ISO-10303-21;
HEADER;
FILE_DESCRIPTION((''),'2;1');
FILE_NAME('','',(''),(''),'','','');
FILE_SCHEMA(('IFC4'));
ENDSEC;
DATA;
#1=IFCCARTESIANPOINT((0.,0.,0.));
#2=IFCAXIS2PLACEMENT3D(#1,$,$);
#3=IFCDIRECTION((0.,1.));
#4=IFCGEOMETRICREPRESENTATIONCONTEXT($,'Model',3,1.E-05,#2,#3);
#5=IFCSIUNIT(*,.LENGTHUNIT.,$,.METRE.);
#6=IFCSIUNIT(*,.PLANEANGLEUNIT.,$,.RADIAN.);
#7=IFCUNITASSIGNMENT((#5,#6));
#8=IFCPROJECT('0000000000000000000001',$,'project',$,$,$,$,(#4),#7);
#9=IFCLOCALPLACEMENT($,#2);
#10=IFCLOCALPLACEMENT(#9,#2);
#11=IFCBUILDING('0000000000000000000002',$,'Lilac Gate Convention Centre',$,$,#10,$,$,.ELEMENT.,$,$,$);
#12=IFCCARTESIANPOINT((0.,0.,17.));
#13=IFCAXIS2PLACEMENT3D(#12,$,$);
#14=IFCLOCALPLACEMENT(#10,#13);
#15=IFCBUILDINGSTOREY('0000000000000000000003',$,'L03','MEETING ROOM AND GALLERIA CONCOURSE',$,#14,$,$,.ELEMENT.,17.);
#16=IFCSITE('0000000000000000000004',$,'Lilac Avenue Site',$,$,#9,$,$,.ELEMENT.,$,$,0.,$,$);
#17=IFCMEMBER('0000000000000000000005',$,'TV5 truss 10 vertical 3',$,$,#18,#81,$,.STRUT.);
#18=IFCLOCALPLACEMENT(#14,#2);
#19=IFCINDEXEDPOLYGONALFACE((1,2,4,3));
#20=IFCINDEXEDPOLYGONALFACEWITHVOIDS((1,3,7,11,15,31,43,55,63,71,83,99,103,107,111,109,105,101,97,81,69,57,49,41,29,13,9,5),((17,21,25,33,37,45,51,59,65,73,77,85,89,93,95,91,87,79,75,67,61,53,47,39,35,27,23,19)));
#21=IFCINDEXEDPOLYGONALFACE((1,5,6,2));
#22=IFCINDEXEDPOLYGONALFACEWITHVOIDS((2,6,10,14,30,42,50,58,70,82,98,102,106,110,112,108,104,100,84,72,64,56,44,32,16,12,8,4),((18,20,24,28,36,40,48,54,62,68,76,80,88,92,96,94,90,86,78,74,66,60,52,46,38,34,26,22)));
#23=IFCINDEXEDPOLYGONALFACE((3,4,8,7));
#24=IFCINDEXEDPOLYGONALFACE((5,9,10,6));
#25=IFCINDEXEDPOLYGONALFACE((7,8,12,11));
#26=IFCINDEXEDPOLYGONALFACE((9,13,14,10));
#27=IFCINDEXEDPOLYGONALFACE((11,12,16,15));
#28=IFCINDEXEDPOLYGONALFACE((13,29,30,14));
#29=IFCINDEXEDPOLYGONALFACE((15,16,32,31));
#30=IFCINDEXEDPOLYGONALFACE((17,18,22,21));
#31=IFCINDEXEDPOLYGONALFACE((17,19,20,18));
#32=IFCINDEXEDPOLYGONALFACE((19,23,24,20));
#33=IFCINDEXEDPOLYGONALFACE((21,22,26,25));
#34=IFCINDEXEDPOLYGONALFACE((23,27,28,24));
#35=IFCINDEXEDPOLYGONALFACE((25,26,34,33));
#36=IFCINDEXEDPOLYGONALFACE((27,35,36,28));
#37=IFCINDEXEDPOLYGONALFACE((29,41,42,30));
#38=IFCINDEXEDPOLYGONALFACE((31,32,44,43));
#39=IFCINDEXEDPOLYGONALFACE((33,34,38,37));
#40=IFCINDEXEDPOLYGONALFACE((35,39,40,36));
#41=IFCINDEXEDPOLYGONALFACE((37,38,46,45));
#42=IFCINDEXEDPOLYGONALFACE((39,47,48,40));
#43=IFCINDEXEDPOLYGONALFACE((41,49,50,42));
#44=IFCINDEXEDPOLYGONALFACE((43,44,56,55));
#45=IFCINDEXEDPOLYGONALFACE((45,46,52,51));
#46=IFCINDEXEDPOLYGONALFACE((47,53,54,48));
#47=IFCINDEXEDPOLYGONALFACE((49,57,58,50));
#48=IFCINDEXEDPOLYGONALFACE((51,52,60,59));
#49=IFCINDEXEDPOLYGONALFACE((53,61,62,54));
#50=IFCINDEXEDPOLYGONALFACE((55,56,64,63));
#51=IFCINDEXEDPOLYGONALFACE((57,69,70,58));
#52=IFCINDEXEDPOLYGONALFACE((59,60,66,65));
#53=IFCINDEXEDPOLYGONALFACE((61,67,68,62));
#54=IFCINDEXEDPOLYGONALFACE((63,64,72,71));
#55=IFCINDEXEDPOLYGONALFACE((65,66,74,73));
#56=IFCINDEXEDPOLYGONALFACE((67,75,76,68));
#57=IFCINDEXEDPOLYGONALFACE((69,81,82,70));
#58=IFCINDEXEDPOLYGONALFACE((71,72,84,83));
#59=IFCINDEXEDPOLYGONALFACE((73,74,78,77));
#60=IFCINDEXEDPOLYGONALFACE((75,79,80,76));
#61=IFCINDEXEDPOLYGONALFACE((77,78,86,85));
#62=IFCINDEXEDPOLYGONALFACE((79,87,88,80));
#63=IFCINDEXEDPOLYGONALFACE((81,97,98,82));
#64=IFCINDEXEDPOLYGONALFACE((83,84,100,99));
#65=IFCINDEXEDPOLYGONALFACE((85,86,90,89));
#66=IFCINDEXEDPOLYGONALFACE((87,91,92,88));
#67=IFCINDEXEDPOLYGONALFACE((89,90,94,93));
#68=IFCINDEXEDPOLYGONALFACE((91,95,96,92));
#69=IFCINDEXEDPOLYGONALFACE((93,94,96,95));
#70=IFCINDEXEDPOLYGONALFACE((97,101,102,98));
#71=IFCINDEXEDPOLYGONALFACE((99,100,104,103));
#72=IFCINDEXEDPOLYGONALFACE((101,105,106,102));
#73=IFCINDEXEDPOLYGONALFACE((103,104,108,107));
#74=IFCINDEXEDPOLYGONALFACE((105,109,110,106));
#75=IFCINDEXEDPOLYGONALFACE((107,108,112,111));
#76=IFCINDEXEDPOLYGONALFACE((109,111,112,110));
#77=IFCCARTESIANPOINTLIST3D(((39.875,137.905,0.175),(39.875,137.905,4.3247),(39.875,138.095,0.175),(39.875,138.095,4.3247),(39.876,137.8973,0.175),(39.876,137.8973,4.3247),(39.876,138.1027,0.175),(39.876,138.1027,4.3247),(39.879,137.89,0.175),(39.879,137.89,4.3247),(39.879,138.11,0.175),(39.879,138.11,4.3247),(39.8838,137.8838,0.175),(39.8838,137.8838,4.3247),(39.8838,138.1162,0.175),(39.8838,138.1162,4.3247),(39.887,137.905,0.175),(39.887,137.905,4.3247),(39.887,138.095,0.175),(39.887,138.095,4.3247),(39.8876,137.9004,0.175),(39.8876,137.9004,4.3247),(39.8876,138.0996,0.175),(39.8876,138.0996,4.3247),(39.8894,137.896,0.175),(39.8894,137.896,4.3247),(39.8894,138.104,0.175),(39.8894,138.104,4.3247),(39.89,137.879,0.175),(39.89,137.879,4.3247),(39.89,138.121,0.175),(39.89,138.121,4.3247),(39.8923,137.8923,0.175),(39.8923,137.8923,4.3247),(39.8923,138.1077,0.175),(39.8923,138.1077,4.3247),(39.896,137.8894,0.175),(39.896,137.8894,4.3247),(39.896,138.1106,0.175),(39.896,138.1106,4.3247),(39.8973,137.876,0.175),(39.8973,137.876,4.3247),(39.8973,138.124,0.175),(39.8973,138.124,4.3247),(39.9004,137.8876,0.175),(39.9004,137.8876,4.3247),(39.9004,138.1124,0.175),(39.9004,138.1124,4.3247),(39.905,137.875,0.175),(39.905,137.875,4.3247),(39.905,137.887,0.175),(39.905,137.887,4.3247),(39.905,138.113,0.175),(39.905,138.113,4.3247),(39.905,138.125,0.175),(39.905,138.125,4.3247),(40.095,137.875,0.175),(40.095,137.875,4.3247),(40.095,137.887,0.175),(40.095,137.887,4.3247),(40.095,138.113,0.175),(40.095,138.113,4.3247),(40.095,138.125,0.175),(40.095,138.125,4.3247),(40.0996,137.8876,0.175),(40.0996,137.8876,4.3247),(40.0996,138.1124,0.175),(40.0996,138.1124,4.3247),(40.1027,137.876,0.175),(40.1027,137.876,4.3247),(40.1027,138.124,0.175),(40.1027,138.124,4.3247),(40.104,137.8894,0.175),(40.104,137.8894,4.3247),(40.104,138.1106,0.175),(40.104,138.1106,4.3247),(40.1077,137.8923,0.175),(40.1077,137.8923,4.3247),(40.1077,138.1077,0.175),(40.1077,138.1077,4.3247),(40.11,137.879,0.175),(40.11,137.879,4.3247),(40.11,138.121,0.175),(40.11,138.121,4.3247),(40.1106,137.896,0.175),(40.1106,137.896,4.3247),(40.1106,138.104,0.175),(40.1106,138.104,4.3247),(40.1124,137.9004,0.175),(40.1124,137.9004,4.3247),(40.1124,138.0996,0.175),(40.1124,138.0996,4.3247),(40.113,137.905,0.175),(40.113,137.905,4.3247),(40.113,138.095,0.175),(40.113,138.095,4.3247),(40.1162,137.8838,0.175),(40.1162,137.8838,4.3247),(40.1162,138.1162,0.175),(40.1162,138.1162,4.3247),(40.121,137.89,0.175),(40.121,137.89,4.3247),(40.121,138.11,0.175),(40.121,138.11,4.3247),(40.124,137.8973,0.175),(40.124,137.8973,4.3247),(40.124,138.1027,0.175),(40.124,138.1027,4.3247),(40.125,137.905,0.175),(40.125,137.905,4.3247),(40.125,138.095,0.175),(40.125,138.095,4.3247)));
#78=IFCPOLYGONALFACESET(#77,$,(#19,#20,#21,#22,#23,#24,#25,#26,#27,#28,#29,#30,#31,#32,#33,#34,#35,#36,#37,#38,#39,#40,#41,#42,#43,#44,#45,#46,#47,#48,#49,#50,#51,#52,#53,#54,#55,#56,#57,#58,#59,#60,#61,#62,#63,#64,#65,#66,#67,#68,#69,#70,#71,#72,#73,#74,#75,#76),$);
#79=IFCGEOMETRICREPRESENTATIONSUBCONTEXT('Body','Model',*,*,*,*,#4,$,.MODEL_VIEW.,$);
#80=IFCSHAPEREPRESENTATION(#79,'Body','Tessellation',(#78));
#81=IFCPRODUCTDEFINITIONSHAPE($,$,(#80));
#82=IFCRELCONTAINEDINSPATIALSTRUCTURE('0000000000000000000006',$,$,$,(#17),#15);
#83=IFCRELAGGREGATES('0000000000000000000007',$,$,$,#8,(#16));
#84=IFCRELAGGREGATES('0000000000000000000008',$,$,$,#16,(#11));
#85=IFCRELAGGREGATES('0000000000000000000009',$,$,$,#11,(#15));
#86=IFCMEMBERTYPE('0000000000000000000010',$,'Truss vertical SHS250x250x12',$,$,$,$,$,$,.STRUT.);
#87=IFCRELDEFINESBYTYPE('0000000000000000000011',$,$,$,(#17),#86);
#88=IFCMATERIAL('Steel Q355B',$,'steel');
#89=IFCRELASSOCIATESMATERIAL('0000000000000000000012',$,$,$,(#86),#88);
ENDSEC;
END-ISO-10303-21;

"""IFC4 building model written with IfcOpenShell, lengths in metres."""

from ifc_helpers import new_model, si_unit, direction, frame, origin, origin_2d, place, context, subcontext, project, spatial, hollow_rectangle, extrude, material, material_profile, profile_set, type_object, element, save


model = new_model("IFC4")

# Units and contexts
model_context = context("Model", 3, precision=1e-05, world=origin(), true_north=direction((0.0, 1.0)))
body_context = subcontext(model_context, "Body", "Model", "MODEL_VIEW")
ifc_project = project(units=[si_unit("LENGTHUNIT", "METRE"), si_unit("PLANEANGLEUNIT", "RADIAN")], contexts=[model_context])

# Site, building, storey
site_placement = place(None, origin())
site = spatial("IfcSite", under=ifc_project, at=site_placement, Name="Lilac Avenue Site", CompositionType="ELEMENT", RefElevation=0.0)
building_placement = place(site_placement, origin())
building = spatial("IfcBuilding", under=site, at=building_placement, Name="Lilac Gate Convention Centre", CompositionType="ELEMENT")
storey_placement = place(building_placement, frame((0.0, 0.0, 17.0)))
storey = spatial("IfcBuildingStorey", under=building, at=storey_placement, Name="L03", Description="MEETING ROOM AND GALLERIA CONCOURSE", CompositionType="ELEMENT", Elevation=17.0)

# Member
ifc_material = material(Name="Steel Q355B", Category="steel")
ifc_material_profile_1 = material_profile(ifc_material, hollow_rectangle(XDim=0.25, YDim=0.25, WallThickness=0.012, InnerFilletRadius=0.0181, OuterFilletRadius=0.03, at=origin_2d()), Name="SHS250x250x12")
ifc_profile_set_1 = profile_set([ifc_material_profile_1], Name="Steel Q355B")
member_type_1 = type_object("IfcMemberType", Name="Truss vertical SHS250x250x12", PredefinedType="STRUT", material=ifc_profile_set_1)
member_1_placement = place(storey_placement, frame((40.0, 138.0, 0.175), z_axis=(0.0, 0.0, 1.0), x_axis=(1.0, 0.0, 0.0)))
element("IfcMember", 1, at=member_1_placement, inside=storey, type_object=member_type_1, Name="TV5 truss 10 vertical 3", PredefinedType="STRUT", context=body_context, shape_type="SweptSolid", body=[
    extrude(hollow_rectangle(XDim=0.25, YDim=0.25, WallThickness=0.012, InnerFilletRadius=0.0181, OuterFilletRadius=0.03, at=origin_2d()), origin(), (0.0, 0.0, 1.0), 4.1497),
])

save(model, "model.ifc")
